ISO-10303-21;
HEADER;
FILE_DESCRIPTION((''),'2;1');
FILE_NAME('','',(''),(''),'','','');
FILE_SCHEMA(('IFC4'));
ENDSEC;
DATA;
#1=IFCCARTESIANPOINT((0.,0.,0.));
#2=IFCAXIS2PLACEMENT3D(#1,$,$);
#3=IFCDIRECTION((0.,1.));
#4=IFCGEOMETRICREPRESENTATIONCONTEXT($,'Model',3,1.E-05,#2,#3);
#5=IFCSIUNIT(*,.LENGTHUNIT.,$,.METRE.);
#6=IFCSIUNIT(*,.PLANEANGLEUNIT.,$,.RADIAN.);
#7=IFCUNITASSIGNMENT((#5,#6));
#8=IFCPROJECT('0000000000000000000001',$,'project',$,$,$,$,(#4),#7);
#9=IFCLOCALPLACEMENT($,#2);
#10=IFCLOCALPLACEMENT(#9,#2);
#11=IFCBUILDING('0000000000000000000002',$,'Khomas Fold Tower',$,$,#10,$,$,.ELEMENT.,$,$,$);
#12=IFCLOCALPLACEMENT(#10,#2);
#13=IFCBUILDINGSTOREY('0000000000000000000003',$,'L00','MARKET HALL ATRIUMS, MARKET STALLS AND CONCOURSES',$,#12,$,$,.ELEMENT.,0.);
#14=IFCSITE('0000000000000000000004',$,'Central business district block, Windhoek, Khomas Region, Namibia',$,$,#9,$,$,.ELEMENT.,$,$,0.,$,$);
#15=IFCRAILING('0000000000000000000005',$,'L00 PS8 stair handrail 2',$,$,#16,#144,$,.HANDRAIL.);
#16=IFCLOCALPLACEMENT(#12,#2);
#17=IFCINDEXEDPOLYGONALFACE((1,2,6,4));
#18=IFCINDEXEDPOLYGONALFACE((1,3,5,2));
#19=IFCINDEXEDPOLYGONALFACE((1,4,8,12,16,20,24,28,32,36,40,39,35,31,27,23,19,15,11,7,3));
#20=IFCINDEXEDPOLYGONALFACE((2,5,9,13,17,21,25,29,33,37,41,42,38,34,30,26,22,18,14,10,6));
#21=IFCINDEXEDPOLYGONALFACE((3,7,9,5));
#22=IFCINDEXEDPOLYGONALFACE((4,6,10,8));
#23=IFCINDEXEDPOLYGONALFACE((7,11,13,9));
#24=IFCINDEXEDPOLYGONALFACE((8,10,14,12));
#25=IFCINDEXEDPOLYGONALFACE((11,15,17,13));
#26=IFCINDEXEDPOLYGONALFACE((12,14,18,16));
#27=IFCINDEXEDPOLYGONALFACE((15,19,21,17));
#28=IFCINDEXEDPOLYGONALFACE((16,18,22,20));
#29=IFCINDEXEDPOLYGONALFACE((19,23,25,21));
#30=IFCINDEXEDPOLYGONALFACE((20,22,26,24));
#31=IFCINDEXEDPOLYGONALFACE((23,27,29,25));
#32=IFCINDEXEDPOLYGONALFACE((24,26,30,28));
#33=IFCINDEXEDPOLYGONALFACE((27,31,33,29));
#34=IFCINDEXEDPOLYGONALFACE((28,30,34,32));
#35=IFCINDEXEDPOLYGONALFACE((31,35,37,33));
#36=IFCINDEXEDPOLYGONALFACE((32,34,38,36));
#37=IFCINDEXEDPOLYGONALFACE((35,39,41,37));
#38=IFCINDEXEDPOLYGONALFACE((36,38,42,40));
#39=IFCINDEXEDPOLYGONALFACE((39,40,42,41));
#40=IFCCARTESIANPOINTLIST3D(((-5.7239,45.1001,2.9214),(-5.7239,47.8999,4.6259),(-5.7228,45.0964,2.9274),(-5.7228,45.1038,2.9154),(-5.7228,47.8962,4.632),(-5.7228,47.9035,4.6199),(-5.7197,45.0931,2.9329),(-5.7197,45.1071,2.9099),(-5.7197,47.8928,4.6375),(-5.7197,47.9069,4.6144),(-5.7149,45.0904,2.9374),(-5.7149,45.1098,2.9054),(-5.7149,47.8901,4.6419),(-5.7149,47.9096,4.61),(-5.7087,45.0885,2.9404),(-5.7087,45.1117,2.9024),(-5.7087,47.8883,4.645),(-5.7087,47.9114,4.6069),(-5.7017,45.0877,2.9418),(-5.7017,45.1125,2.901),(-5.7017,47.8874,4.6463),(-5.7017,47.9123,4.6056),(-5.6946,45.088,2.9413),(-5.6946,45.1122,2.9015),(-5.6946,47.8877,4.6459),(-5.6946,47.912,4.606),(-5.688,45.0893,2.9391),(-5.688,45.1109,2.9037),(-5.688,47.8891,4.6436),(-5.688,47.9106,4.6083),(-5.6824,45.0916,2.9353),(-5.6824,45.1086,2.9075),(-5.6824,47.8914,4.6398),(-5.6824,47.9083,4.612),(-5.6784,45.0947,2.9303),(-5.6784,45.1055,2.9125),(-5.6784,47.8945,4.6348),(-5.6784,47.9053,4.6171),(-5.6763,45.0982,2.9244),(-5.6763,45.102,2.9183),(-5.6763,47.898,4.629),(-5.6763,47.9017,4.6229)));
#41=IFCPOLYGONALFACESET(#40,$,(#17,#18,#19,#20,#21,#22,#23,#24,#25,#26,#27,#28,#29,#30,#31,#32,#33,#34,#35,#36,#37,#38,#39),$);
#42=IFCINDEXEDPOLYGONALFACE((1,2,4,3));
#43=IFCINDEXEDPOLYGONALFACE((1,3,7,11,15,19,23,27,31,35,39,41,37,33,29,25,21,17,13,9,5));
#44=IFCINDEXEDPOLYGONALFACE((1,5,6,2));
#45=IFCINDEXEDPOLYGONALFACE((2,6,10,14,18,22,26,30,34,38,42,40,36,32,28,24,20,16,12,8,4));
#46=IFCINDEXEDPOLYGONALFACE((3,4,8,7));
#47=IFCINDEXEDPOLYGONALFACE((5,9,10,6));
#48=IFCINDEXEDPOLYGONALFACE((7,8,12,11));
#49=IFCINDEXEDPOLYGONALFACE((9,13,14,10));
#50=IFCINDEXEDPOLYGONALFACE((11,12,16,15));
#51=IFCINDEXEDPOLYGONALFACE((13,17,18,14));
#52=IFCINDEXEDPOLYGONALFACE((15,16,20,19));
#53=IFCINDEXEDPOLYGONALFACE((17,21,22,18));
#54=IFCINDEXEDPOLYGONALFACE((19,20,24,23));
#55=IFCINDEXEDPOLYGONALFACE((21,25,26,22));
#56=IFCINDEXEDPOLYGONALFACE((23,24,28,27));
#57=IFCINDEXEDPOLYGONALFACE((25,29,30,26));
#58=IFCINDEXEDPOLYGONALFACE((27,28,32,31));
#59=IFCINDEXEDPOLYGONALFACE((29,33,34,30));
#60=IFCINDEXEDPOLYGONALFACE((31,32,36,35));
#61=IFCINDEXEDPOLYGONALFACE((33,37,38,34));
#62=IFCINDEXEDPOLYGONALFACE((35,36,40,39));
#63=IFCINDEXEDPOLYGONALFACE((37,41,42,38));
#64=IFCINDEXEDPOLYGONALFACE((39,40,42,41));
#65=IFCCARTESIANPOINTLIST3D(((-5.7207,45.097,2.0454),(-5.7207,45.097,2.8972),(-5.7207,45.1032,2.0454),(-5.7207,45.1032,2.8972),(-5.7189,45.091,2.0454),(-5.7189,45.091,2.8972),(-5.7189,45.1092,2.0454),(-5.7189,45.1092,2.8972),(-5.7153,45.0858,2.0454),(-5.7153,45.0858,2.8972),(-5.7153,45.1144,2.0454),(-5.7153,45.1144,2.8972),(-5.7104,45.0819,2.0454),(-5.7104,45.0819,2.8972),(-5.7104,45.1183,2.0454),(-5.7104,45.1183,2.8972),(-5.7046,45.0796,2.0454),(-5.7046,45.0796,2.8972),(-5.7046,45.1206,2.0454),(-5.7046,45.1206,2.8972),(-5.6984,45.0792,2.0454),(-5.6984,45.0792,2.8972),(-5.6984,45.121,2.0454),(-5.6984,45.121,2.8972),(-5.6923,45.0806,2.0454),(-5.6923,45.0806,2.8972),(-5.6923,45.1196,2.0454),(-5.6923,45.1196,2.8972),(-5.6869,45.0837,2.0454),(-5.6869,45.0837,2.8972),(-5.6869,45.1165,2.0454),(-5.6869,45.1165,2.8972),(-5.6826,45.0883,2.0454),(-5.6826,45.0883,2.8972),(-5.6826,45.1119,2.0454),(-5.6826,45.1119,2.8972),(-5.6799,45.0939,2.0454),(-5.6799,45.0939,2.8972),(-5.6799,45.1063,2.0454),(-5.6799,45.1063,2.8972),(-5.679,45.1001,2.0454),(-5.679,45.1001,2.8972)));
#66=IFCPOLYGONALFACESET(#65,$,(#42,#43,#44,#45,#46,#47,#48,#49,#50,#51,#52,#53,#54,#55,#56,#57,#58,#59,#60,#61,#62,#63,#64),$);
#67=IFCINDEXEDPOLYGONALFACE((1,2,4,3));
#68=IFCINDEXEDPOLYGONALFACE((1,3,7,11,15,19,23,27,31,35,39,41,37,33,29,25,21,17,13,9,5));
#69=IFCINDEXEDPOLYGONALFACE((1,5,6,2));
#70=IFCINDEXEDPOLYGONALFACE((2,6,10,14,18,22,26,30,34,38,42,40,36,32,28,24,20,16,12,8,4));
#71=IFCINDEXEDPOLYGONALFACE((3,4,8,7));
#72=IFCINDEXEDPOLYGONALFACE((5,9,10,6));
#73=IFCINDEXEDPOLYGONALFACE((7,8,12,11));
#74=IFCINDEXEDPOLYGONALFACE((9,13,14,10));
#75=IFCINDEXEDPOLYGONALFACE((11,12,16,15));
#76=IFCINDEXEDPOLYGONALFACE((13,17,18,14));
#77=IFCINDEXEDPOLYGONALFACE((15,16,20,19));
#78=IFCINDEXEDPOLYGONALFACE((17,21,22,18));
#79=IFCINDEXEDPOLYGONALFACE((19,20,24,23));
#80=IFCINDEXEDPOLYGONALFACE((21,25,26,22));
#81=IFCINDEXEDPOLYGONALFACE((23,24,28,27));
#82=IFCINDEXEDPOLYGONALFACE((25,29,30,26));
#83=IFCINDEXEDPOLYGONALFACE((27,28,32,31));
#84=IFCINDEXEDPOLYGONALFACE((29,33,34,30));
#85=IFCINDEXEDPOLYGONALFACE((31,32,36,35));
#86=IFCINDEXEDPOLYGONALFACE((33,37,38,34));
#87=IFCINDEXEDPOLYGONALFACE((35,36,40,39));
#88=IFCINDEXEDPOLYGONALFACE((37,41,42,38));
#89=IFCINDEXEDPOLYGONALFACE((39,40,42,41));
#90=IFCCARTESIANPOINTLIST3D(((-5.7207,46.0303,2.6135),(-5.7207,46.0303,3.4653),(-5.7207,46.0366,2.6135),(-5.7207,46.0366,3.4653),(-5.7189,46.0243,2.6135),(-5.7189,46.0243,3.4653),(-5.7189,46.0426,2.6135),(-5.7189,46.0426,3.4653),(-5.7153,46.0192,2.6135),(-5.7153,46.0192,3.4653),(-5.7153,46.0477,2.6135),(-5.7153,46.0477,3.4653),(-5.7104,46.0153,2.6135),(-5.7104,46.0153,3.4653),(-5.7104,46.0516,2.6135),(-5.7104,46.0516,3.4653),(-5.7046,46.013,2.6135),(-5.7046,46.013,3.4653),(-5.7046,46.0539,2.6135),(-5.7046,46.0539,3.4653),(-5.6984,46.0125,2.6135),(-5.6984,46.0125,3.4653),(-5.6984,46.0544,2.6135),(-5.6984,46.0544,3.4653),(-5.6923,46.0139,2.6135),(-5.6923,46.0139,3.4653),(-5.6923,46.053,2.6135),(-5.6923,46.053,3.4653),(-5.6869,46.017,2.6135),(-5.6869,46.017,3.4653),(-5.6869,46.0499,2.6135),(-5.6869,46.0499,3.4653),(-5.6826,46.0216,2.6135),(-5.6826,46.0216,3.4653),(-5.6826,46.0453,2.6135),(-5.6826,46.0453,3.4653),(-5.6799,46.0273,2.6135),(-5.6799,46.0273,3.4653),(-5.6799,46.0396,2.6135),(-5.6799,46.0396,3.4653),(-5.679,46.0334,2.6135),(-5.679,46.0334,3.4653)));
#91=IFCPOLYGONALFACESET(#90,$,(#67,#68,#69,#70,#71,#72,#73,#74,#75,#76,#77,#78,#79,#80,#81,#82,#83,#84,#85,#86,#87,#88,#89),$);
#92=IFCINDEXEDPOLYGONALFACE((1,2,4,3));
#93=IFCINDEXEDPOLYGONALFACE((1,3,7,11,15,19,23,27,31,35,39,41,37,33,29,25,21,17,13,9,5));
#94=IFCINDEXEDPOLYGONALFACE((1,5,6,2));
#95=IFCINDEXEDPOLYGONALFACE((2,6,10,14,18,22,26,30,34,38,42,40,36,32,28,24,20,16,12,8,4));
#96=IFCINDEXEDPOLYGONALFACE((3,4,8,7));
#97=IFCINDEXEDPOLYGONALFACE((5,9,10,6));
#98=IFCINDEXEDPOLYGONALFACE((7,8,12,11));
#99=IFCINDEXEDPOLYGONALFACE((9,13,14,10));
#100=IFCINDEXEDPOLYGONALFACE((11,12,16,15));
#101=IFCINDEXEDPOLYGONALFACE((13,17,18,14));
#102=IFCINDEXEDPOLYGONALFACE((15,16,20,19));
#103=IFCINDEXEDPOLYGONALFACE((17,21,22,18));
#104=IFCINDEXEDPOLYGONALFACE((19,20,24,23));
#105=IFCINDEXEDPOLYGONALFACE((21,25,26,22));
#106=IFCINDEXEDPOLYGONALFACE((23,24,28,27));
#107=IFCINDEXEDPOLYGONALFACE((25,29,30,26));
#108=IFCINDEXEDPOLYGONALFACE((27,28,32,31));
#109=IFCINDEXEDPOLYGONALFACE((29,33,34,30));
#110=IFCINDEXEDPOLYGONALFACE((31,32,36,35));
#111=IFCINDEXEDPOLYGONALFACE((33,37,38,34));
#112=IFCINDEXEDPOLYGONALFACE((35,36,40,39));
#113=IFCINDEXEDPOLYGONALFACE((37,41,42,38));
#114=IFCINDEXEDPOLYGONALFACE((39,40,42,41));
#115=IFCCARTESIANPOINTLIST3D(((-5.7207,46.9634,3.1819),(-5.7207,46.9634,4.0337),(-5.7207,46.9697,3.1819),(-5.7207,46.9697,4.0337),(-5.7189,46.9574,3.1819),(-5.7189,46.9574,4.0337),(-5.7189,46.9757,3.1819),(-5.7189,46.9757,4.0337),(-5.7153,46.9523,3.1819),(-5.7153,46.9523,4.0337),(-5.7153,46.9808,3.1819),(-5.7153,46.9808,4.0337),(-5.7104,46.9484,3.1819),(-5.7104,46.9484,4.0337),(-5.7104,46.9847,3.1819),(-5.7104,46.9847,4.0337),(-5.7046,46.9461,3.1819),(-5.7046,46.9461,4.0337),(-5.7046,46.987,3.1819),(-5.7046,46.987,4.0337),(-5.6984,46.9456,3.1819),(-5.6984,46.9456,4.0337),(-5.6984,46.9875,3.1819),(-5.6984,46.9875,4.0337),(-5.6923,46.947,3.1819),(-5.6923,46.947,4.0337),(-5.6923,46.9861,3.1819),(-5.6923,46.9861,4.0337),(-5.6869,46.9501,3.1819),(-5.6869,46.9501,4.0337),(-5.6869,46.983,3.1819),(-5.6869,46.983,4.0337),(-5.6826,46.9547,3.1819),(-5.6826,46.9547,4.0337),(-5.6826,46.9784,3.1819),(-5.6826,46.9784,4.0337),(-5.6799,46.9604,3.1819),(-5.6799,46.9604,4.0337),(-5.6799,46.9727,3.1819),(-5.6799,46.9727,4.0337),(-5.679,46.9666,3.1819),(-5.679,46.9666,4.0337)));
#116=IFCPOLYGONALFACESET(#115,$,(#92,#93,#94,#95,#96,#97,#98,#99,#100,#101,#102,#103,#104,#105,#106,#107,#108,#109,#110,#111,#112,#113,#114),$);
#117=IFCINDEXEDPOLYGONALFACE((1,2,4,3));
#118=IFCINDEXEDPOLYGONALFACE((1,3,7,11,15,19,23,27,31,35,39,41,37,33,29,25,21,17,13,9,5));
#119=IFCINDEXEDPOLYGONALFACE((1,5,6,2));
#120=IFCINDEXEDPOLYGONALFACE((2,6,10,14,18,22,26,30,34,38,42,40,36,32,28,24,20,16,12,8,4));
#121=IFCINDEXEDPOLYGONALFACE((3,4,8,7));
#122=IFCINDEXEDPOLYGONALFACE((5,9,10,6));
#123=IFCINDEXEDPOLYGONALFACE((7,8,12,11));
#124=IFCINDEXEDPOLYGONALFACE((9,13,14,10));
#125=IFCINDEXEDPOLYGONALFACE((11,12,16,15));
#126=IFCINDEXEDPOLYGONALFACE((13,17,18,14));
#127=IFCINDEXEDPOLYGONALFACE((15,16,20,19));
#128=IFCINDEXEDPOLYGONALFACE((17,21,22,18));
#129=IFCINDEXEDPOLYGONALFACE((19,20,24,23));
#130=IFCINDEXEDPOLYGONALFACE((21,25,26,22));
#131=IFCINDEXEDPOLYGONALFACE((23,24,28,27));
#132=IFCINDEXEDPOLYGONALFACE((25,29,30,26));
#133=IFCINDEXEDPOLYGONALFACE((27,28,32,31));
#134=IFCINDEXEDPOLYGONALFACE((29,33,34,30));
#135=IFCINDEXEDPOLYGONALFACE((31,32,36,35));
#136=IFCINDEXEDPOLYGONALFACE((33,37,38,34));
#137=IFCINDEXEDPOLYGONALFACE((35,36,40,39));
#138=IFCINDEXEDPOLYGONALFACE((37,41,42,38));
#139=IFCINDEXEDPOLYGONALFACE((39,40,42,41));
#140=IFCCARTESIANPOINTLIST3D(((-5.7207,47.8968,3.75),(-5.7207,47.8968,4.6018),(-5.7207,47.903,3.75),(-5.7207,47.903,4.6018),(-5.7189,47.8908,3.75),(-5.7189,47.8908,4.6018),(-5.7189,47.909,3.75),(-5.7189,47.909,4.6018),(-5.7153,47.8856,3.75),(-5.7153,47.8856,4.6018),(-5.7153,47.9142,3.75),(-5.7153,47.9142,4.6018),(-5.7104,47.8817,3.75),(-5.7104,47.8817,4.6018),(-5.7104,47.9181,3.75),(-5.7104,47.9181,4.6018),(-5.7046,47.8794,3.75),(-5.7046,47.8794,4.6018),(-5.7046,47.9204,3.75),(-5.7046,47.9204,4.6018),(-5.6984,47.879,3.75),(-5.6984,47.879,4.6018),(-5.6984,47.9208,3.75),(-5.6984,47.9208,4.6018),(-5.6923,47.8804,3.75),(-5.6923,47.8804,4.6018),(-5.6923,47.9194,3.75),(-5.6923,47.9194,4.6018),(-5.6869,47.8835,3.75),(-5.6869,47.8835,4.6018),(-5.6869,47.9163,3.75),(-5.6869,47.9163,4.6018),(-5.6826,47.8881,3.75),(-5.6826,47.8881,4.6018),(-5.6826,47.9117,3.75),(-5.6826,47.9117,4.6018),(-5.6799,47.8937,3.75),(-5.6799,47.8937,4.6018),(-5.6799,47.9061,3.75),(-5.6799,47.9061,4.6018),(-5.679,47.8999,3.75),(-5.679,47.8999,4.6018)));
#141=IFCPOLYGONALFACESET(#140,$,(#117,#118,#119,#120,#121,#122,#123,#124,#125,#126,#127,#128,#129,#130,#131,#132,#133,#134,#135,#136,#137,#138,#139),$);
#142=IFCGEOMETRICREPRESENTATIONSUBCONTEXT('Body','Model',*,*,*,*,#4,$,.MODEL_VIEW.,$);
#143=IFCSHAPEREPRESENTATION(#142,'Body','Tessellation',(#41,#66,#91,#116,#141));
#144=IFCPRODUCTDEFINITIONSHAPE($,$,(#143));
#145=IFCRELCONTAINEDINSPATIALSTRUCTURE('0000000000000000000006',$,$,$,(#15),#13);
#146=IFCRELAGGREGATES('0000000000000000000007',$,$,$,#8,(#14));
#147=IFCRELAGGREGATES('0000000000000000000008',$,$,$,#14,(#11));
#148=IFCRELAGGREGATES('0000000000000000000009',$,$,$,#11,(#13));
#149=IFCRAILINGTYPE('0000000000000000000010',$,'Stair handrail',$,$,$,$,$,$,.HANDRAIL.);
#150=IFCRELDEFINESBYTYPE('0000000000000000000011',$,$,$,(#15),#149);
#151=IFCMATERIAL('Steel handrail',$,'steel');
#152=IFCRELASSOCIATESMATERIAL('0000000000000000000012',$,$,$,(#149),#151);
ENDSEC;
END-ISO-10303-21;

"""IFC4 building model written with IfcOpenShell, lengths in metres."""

from ifc_helpers import new_model, si_unit, direction, frame, origin, origin_2d, place, context, subcontext, project, spatial, circle, extrude, source, transform, mapped, material, type_object, element, save


model = new_model("IFC4")

# Units and contexts
model_context = context("Model", 3, precision=1e-05, world=origin(), true_north=direction((0.0, 1.0)))
body_context = subcontext(model_context, "Body", "Model", "MODEL_VIEW")
ifc_project = project(units=[si_unit("LENGTHUNIT", "METRE"), si_unit("PLANEANGLEUNIT", "RADIAN")], contexts=[model_context])

# Site, building, storey
site_placement = place(None, origin())
site = spatial("IfcSite", under=ifc_project, at=site_placement, Name="Central business district block, Windhoek, Khomas Region, Namibia", CompositionType="ELEMENT", RefElevation=0.0)
building_placement = place(site_placement, origin())
building = spatial("IfcBuilding", under=site, at=building_placement, Name="Khomas Fold Tower", CompositionType="ELEMENT")
storey_placement = place(building_placement, origin())
storey = spatial("IfcBuildingStorey", under=building, at=storey_placement, Name="L00", Description="MARKET HALL ATRIUMS, MARKET STALLS AND CONCOURSES", CompositionType="ELEMENT", Elevation=0.0)

# Railing
ifc_material_1 = material(Name="Steel handrail", Category="steel")
railing_type_1 = type_object("IfcRailingType", Name="Stair handrail", PredefinedType="HANDRAIL", material=ifc_material_1)
shared_shape_1 = source(origin(), body_context, "Body", "SweptSolid", [
    extrude(circle(Radius=0.0239, at=origin_2d()), frame((0.0, 0.0, 0.876), z_axis=(0.0, 0.85415, 0.520027), x_axis=(-1.0, 0.0, 0.0)), (0.0, 0.0, 1.0), 3.2778),
    extrude(circle(Radius=0.021, at=origin_2d()), origin(), (0.0, 0.0, 1.0), 0.8518),
    extrude(circle(Radius=0.021, at=origin_2d()), frame((0.0, 0.9333, 0.5681)), (0.0, 0.0, 1.0), 0.8518),
    extrude(circle(Radius=0.021, at=origin_2d()), frame((0.0, 1.8665, 1.1365)), (0.0, 0.0, 1.0), 0.8518),
    extrude(circle(Radius=0.021, at=origin_2d()), frame((0.0, 2.7998, 1.7046)), (0.0, 0.0, 1.0), 0.8518),
])
for number, where, name in (
    (1, (-5.7, 45.1001, 2.0454), "L00 PS8 stair handrail 2"),
):
    element("IfcRailing", number, at=place(storey_placement, frame(where)), inside=storey, type_object=railing_type_1, Name=name, PredefinedType="HANDRAIL", context=body_context, shape_type="MappedRepresentation", body=[
        mapped(shared_shape_1, transform((0.0, 0.0, 0.0))),
    ])

save(model, "model.ifc")
